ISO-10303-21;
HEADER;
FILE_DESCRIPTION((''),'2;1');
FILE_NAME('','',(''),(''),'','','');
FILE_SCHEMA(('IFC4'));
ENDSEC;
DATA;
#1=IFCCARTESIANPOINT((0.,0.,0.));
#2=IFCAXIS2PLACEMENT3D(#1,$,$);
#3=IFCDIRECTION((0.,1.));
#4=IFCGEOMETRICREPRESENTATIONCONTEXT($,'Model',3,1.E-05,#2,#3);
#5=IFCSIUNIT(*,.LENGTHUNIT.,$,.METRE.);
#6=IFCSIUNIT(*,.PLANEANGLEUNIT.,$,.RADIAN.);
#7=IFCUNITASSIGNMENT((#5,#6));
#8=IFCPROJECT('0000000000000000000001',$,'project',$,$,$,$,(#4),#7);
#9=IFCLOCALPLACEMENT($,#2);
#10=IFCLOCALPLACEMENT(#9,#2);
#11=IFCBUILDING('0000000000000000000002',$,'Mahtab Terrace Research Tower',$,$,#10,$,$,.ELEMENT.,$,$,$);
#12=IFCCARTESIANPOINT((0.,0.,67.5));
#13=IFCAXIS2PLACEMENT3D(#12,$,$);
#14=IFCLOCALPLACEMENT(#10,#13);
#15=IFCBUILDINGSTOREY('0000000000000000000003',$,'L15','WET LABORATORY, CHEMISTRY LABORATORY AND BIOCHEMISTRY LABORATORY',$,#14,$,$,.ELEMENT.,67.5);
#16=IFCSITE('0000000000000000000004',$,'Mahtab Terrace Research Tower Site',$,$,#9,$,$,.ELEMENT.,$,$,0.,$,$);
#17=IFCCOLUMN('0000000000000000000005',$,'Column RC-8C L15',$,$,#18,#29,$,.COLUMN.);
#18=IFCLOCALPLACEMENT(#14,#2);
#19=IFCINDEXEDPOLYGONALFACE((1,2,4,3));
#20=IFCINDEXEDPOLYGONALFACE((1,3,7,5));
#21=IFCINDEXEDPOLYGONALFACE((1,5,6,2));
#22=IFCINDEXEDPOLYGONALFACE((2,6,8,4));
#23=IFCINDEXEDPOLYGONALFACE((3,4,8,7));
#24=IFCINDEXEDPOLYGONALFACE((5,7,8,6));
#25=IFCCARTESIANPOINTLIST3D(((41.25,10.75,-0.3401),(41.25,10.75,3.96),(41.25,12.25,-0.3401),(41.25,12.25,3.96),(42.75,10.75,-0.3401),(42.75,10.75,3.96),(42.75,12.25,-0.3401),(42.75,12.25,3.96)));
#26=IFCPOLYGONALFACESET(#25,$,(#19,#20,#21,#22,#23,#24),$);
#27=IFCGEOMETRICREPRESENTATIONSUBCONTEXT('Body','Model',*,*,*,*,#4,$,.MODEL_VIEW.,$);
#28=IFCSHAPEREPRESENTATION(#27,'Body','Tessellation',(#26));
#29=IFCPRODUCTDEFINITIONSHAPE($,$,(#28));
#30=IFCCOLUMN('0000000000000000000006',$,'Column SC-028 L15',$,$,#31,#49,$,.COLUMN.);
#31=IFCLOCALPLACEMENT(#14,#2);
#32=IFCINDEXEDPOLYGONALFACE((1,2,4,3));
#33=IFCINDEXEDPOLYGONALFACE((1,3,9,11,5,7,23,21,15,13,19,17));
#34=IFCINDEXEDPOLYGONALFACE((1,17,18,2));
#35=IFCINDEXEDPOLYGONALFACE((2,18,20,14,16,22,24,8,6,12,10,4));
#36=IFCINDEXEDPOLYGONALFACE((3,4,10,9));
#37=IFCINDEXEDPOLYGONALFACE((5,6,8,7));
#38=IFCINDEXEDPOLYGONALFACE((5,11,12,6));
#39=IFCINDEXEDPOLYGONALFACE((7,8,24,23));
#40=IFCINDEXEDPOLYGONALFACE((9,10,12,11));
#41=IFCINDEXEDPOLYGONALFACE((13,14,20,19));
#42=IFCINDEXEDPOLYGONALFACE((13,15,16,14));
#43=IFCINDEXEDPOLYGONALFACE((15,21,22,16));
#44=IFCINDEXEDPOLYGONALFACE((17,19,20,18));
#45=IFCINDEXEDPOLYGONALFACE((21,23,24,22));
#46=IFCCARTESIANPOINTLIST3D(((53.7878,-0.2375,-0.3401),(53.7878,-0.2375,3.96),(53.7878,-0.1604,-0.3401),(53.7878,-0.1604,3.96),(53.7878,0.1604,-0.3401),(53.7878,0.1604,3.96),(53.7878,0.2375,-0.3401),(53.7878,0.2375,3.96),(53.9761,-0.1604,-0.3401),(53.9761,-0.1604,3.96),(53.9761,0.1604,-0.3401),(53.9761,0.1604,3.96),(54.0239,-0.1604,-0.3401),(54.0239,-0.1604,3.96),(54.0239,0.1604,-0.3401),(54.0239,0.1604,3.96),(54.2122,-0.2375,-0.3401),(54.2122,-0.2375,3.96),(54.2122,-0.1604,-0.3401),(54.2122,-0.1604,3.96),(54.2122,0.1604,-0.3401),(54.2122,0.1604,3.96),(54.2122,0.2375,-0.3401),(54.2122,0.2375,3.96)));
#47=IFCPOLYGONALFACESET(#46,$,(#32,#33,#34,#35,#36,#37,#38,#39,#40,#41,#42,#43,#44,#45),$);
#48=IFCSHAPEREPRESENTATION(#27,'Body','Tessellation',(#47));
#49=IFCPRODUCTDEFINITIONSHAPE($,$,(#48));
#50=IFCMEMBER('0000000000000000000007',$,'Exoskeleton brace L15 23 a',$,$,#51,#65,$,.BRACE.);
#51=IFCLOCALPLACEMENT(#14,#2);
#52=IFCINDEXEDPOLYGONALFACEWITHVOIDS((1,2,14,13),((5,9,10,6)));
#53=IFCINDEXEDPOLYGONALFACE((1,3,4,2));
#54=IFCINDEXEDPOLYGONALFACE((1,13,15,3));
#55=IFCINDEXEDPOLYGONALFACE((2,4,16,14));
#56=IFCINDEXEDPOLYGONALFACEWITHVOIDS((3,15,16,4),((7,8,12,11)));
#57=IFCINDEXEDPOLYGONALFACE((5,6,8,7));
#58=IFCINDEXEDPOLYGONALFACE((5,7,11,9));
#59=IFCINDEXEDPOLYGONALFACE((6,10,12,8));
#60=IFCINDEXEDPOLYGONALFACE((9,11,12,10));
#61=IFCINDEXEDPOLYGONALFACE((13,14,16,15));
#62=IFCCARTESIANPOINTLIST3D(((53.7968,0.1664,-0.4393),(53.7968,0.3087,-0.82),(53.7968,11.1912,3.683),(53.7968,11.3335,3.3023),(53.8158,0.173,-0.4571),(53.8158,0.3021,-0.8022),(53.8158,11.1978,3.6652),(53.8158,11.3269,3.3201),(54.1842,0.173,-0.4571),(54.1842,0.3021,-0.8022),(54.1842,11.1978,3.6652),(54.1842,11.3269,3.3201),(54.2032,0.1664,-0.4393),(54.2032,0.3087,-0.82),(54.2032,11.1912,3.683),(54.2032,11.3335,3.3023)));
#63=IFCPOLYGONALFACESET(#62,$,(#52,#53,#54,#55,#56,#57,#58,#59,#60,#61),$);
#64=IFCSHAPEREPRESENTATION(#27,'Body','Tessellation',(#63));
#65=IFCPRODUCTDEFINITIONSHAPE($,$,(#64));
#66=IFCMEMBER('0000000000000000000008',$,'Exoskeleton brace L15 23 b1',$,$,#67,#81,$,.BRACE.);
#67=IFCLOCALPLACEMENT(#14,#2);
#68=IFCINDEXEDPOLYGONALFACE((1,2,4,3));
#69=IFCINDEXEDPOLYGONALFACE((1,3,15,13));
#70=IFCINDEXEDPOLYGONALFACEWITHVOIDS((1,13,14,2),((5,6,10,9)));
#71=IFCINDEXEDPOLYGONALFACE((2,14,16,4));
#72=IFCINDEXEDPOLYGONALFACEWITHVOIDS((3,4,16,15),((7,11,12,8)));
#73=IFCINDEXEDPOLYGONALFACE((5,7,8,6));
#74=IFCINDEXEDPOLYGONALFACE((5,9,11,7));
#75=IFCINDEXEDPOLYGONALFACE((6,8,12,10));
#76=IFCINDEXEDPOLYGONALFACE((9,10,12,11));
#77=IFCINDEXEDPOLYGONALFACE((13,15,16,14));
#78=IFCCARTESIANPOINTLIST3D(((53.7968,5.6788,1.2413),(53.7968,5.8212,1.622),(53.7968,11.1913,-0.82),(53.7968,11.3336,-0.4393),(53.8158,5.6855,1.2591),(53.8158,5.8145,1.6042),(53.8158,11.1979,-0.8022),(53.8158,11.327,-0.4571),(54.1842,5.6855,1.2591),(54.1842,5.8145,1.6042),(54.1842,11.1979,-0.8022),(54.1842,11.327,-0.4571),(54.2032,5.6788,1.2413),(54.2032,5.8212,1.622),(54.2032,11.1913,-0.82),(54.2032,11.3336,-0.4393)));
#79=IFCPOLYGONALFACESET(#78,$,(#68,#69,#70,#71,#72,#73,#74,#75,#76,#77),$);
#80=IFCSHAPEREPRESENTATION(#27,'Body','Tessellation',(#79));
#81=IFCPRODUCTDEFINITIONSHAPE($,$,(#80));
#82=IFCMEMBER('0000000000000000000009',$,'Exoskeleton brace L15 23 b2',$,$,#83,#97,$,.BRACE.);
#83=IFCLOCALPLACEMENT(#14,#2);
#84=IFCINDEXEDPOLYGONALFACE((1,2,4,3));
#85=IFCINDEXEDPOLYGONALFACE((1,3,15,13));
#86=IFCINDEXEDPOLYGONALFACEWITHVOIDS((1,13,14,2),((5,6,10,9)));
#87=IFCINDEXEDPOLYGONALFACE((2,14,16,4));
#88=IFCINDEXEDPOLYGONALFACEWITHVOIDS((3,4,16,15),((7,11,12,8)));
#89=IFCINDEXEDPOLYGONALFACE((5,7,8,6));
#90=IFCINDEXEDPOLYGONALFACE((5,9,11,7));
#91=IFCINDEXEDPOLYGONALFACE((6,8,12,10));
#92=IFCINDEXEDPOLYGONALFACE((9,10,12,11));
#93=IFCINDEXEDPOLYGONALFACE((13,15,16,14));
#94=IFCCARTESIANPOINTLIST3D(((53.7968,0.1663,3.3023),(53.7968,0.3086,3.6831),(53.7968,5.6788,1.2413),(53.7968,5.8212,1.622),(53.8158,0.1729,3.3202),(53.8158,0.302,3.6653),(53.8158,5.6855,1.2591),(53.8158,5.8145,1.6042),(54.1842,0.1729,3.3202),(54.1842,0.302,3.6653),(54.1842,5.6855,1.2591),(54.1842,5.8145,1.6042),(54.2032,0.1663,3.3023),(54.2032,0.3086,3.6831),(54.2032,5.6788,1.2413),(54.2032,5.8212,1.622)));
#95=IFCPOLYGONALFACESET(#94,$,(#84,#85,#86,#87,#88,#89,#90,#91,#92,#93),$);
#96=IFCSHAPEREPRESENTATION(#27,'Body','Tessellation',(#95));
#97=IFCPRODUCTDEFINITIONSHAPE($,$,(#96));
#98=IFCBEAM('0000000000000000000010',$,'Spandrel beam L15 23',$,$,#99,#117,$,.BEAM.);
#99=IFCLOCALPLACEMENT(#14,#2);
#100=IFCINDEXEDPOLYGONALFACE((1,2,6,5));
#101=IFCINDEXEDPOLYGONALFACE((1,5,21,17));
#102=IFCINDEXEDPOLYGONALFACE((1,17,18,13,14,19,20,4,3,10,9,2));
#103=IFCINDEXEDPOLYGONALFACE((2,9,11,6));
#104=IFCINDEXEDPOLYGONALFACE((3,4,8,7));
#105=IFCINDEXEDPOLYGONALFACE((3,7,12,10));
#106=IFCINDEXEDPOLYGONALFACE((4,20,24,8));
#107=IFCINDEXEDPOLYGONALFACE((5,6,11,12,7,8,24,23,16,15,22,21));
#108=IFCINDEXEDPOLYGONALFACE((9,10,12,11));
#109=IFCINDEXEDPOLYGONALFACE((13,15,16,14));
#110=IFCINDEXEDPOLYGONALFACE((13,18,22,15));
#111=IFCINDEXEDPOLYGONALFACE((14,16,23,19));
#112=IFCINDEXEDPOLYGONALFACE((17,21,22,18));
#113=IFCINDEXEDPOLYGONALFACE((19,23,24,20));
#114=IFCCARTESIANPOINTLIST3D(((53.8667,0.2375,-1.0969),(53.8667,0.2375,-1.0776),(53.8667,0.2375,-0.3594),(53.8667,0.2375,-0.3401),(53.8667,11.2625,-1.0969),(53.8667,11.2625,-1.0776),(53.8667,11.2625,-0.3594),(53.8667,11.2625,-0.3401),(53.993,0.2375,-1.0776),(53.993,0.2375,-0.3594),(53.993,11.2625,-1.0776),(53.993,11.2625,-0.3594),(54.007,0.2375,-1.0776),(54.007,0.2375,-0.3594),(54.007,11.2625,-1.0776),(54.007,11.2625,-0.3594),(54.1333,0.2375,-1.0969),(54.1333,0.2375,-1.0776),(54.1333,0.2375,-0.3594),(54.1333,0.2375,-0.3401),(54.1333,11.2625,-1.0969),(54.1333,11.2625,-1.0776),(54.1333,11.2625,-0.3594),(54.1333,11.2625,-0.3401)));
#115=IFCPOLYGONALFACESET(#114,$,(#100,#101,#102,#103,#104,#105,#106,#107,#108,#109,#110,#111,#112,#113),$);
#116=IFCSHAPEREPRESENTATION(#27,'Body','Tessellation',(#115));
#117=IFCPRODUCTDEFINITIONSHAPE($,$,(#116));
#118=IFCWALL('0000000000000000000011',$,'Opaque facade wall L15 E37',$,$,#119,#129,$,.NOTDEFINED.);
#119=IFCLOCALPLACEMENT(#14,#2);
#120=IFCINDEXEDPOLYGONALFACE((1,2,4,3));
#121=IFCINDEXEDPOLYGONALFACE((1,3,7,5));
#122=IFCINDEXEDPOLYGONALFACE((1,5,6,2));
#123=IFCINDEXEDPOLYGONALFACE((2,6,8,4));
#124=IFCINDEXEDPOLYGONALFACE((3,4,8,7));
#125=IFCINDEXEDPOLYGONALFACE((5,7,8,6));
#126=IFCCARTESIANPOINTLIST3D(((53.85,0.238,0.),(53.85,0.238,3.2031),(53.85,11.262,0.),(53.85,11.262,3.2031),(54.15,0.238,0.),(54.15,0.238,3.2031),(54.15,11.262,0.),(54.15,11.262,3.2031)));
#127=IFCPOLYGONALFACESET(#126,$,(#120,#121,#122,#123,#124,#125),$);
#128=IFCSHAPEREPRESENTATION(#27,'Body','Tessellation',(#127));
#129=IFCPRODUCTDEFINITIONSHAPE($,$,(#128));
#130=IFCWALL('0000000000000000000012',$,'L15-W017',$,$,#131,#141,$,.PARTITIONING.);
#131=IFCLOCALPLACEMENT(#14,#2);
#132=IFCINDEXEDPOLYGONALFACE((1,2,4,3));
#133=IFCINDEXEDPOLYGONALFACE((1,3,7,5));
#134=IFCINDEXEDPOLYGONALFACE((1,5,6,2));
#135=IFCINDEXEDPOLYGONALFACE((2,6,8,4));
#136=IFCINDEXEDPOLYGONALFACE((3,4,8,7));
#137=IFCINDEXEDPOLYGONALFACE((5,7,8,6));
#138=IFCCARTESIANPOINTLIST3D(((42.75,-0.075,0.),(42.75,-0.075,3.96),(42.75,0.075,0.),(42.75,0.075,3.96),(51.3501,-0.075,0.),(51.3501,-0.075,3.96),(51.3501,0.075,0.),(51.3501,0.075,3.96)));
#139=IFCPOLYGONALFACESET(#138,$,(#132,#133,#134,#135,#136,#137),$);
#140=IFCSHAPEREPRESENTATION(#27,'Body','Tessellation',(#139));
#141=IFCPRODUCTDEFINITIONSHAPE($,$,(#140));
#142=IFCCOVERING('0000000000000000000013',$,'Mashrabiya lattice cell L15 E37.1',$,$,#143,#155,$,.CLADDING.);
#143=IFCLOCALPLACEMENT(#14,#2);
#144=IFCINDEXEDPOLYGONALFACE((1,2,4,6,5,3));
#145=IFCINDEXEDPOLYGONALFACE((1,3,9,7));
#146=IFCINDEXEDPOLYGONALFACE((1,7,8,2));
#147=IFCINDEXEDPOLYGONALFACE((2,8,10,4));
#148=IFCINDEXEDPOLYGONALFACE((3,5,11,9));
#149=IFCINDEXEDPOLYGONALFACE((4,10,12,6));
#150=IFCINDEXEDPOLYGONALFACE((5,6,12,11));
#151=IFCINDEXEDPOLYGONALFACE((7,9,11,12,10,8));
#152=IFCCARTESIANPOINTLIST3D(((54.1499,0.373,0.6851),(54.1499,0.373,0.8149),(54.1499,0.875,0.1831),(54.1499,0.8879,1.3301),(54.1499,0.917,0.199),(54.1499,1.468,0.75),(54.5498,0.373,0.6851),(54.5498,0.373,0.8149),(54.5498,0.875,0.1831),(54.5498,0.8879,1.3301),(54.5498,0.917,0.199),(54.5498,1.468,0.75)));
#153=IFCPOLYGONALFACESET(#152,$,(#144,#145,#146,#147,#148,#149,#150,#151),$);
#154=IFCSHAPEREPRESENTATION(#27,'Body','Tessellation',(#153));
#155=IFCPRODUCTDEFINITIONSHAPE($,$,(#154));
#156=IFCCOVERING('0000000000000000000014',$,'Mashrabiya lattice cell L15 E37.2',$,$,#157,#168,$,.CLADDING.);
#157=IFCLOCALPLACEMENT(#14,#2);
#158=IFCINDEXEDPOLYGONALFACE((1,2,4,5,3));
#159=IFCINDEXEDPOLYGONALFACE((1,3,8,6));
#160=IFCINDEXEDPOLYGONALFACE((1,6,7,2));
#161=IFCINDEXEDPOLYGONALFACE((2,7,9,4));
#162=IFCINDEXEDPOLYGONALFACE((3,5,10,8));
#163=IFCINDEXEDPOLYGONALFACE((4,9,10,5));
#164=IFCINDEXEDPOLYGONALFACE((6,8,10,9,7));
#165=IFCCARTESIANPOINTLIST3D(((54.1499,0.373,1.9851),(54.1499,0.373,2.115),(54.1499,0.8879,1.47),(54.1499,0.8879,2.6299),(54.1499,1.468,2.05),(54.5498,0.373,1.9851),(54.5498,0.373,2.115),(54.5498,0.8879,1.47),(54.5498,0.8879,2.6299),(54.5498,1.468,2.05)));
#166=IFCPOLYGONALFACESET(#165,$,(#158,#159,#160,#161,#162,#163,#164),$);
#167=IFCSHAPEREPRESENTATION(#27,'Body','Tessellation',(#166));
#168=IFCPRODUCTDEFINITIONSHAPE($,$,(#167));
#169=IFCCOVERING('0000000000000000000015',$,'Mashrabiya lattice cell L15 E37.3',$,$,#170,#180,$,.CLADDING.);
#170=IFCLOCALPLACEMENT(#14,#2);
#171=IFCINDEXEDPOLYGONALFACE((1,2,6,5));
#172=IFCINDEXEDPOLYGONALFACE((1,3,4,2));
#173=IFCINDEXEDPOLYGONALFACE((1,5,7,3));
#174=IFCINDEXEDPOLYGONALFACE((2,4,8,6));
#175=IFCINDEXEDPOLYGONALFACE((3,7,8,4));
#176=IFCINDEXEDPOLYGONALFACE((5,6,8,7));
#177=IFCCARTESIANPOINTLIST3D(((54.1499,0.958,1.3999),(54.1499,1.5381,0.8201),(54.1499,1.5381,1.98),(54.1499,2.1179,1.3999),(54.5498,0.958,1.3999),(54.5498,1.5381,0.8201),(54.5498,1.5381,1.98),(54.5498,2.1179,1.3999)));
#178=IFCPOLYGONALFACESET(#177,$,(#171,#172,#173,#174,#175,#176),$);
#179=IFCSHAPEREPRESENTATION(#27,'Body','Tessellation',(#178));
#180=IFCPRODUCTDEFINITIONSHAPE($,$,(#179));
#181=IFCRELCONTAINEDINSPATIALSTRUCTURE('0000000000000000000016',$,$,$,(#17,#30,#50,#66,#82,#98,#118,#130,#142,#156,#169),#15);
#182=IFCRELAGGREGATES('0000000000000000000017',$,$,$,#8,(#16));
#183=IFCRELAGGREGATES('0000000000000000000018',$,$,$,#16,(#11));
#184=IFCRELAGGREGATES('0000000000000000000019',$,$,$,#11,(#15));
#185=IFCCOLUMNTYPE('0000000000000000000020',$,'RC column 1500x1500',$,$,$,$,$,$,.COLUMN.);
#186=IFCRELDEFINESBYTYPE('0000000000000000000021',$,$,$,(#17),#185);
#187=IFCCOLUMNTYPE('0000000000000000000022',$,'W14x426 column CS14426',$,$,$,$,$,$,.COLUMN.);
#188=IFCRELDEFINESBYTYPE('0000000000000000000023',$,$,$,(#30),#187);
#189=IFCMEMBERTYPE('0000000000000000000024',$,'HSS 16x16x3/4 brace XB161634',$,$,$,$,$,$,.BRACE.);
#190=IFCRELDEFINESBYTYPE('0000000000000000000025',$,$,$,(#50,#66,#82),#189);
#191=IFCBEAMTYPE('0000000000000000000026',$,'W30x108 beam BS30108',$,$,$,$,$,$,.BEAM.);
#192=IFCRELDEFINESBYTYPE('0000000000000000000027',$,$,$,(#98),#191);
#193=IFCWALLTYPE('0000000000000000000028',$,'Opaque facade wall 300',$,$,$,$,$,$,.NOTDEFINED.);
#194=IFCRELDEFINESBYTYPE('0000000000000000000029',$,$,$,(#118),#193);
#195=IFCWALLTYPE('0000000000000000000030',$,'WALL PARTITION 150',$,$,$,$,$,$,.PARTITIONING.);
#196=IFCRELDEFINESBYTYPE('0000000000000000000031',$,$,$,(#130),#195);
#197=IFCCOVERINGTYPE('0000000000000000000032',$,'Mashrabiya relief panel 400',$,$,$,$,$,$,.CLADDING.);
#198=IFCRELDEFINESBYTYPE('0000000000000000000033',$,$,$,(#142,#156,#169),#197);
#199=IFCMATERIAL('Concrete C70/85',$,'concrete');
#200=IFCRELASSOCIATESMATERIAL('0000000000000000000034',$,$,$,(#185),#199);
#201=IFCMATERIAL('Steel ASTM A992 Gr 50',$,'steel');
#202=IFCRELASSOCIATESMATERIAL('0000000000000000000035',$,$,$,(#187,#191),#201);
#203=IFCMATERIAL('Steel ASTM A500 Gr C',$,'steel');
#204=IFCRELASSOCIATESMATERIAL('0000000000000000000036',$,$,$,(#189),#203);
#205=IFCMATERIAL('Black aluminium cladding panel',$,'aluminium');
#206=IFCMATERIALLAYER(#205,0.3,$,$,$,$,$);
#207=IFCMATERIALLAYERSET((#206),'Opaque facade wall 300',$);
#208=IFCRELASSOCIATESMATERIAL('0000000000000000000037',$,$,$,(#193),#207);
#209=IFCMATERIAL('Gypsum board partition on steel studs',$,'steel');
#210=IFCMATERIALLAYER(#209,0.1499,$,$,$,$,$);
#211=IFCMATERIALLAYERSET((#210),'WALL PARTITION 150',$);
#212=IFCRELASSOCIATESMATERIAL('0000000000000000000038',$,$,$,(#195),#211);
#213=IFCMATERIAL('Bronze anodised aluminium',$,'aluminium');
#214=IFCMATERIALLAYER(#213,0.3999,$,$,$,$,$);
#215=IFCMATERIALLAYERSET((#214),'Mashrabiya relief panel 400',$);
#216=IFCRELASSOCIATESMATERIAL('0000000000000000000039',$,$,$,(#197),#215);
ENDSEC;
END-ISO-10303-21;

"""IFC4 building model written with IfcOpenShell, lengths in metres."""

from ifc_helpers import new_model, si_unit, direction, frame, frame_2d, origin, origin_2d, place, context, subcontext, project, spatial, polyline, rectangle, hollow_rectangle, i_section, outline, extrude, material, layer, layer_set, material_profile, profile_set, type_object, element, save


model = new_model("IFC4")

# Units and contexts
model_context = context("Model", 3, precision=1e-05, world=origin(), true_north=direction((0.0, 1.0)))
body_context = subcontext(model_context, "Body", "Model", "MODEL_VIEW")
ifc_project = project(units=[si_unit("LENGTHUNIT", "METRE"), si_unit("PLANEANGLEUNIT", "RADIAN")], contexts=[model_context])

# Site, building, storey
site_placement = place(None, origin())
site = spatial("IfcSite", under=ifc_project, at=site_placement, Name="Mahtab Terrace Research Tower Site", CompositionType="ELEMENT", RefElevation=0.0)
building_placement = place(site_placement, origin())
building = spatial("IfcBuilding", under=site, at=building_placement, Name="Mahtab Terrace Research Tower", CompositionType="ELEMENT")
storey_placement = place(building_placement, frame((0.0, 0.0, 67.5)))
storey = spatial("IfcBuildingStorey", under=building, at=storey_placement, Name="L15", Description="WET LABORATORY, CHEMISTRY LABORATORY AND BIOCHEMISTRY LABORATORY", CompositionType="ELEMENT", Elevation=67.5)

# Columns
ifc_material_1 = material(Name="Concrete C70/85", Category="concrete")
ifc_material_profile_1 = material_profile(ifc_material_1, rectangle(XDim=1.5, YDim=1.5, at=origin_2d()), Name="RC column 1500x1500")
ifc_profile_set_1 = profile_set([ifc_material_profile_1], Name="Concrete C70/85")
column_type_1 = type_object("IfcColumnType", Name="RC column 1500x1500", PredefinedType="COLUMN", material=ifc_profile_set_1)
column_1_placement = place(storey_placement, frame((42.0, 11.5, -0.3401), z_axis=(0.0, 0.0, 1.0), x_axis=(1.0, 0.0, 0.0)))
element("IfcColumn", 1, at=column_1_placement, inside=storey, type_object=column_type_1, Name="Column RC-8C L15", PredefinedType="COLUMN", context=body_context, shape_type="SweptSolid", body=[
    extrude(rectangle(XDim=1.5, YDim=1.5, at=origin_2d()), origin(), (0.0, 0.0, 1.0), 4.3),
])
ifc_material_2 = material(Name="Steel ASTM A992 Gr 50", Category="steel")
ifc_material_profile_2 = material_profile(ifc_material_2, i_section(OverallWidth=0.4243, OverallDepth=0.4751, WebThickness=0.0479, FlangeThickness=0.0771, at=origin_2d()), Name="W14X426")
ifc_profile_set_2 = profile_set([ifc_material_profile_2], Name="Steel ASTM A992 Gr 50")
column_type_2 = type_object("IfcColumnType", Name="W14x426 column CS14426", PredefinedType="COLUMN", material=ifc_profile_set_2)
column_2_placement = place(storey_placement, frame((54.0, 0.0, -0.3401), z_axis=(0.0, 0.0, 1.0), x_axis=(1.0, 0.0, 0.0)))
element("IfcColumn", 2, at=column_2_placement, inside=storey, type_object=column_type_2, Name="Column SC-028 L15", PredefinedType="COLUMN", context=body_context, shape_type="SweptSolid", body=[
    extrude(i_section(OverallWidth=0.4243, OverallDepth=0.4751, WebThickness=0.0479, FlangeThickness=0.0771, at=origin_2d()), origin(), (0.0, 0.0, 1.0), 4.3),
])

# Members
ifc_material_3 = material(Name="Steel ASTM A500 Gr C", Category="steel")
ifc_material_profile_3 = material_profile(ifc_material_3, hollow_rectangle(XDim=0.4065, YDim=0.4065, WallThickness=0.019, at=origin_2d()), Name="HSS16X16X3/4")
ifc_profile_set_3 = profile_set([ifc_material_profile_3], Name="Steel ASTM A500 Gr C")
member_type = type_object("IfcMemberType", Name="HSS 16x16x3/4 brace XB161634", PredefinedType="BRACE", material=ifc_profile_set_3)
member_placement = place(storey_placement, frame((54.0, 0.2375, -0.6296), z_axis=(0.0, 0.936665, 0.350228), x_axis=(-1.0, 0.0, 0.0)))
element("IfcMember", 3, at=member_placement, inside=storey, type_object=member_type, Name="Exoskeleton brace L15 23 a", PredefinedType="BRACE", context=body_context, shape_type="SweptSolid", body=[
    extrude(hollow_rectangle(XDim=0.4065, YDim=0.4065, WallThickness=0.019, at=origin_2d()), origin(), (0.0, 0.0, 1.0), 11.7703),
])
for number, where, z_axis, x_axis, name in (
    (4, (54.0, 11.2625, -0.6296), (0.0, -0.936658, 0.350246), (1.0, 0.0, 0.0), "Exoskeleton brace L15 23 b1"),
    (5, (54.0, 5.75, 1.4316), (0.0, -0.936671, 0.350209), (1.0, 0.0, 0.0), "Exoskeleton brace L15 23 b2"),
):
    element("IfcMember", number, at=place(storey_placement, frame(where, z_axis=z_axis, x_axis=x_axis)), inside=storey, type_object=member_type, Name=name, PredefinedType="BRACE", context=body_context, shape_type="SweptSolid", body=[
        extrude(hollow_rectangle(XDim=0.4065, YDim=0.4065, WallThickness=0.019, at=origin_2d()), origin(), (0.0, 0.0, 1.0), 5.8853),
    ])

# Beam
ifc_material_profile_4 = material_profile(ifc_material_2, i_section(OverallWidth=0.2666, OverallDepth=0.7568, WebThickness=0.0139, FlangeThickness=0.0193, at=origin_2d()), Name="W30X108")
ifc_profile_set_4 = profile_set([ifc_material_profile_4], Name="Steel ASTM A992 Gr 50")
beam_type = type_object("IfcBeamType", Name="W30x108 beam BS30108", PredefinedType="BEAM", material=ifc_profile_set_4)
beam_placement = place(storey_placement, frame((54.0, 0.2375, -0.7185), z_axis=(0.0, 1.0, 0.0), x_axis=(-1.0, 0.0, 0.0)))
element("IfcBeam", 6, at=beam_placement, inside=storey, type_object=beam_type, Name="Spandrel beam L15 23", PredefinedType="BEAM", context=body_context, shape_type="SweptSolid", body=[
    extrude(i_section(OverallWidth=0.2666, OverallDepth=0.7568, WebThickness=0.0139, FlangeThickness=0.0193, at=origin_2d()), origin(), (0.0, 0.0, 1.0), 11.0249),
])

# Walls
ifc_material_4 = material(Name="Black aluminium cladding panel", Category="aluminium")
ifc_layer_1 = layer(ifc_material_4, 0.3)
ifc_layer_set_1 = layer_set([ifc_layer_1], Name="Opaque facade wall 300")
wall_type_1 = type_object("IfcWallType", Name="Opaque facade wall 300", PredefinedType="NOTDEFINED", material=ifc_layer_set_1)
wall_1_placement = place(storey_placement, frame((54.0, 0.238, 0.0), z_axis=(0.0, 0.0, 1.0), x_axis=(0.0, 1.0, 0.0)))
element("IfcWall", 7, at=wall_1_placement, inside=storey, type_object=wall_type_1, Name="Opaque facade wall L15 E37", PredefinedType="NOTDEFINED", context=body_context, shape_type="SweptSolid", body=[
    extrude(rectangle(XDim=11.0239, YDim=0.3, at=frame_2d((5.512, 0.0))), origin(), (0.0, 0.0, 1.0), 3.2031),
])
ifc_material_5 = material(Name="Gypsum board partition on steel studs", Category="steel")
ifc_layer_2 = layer(ifc_material_5, 0.1499)
ifc_layer_set_2 = layer_set([ifc_layer_2], Name="WALL PARTITION 150")
wall_type_2 = type_object("IfcWallType", Name="WALL PARTITION 150", PredefinedType="PARTITIONING", material=ifc_layer_set_2)
wall_2_placement = place(storey_placement, frame((42.75, 0.0, 0.0), z_axis=(0.0, 0.0, 1.0), x_axis=(1.0, 0.0, 0.0)))
element("IfcWall", 8, at=wall_2_placement, inside=storey, type_object=wall_type_2, Name="L15-W017", PredefinedType="PARTITIONING", context=body_context, shape_type="SweptSolid", body=[
    extrude(rectangle(XDim=8.6001, YDim=0.1499, at=frame_2d((4.3, 0.0))), origin(), (0.0, 0.0, 1.0), 3.96),
])

# Coverings
ifc_material_6 = material(Name="Bronze anodised aluminium", Category="aluminium")
ifc_layer_3 = layer(ifc_material_6, 0.3999)
ifc_layer_set_3 = layer_set([ifc_layer_3], Name="Mashrabiya relief panel 400")
covering_type = type_object("IfcCoveringType", Name="Mashrabiya relief panel 400", PredefinedType="CLADDING", material=ifc_layer_set_3)
covering_1_placement = place(storey_placement, frame((54.1499, 0.373, 0.6851), z_axis=(-1.0, 0.0, 0.0), x_axis=(0.0, 0.0, 1.0)))
element("IfcCovering", 9, at=covering_1_placement, inside=storey, type_object=covering_type, Name="Mashrabiya lattice cell L15 E37.1", PredefinedType="CLADDING", context=body_context, shape_type="SweptSolid", body=[
    extrude(outline(polyline([(0.0, 0.0), (0.1299, 0.0), (0.645, 0.5149), (0.0649, 1.095), (-0.4861, 0.5439), (-0.502, 0.502), (0.0, 0.0)])), origin(), (0.0, 0.0, -1.0), 0.3999),
])
covering_2_placement = place(storey_placement, frame((54.1499, 0.8879, 2.6299), z_axis=(-1.0, 0.0, 0.0), x_axis=(0.0, 0.707256, -0.706958)))
element("IfcCovering", 10, at=covering_2_placement, inside=storey, type_object=covering_type, Name="Mashrabiya lattice cell L15 E37.2", PredefinedType="CLADDING", context=body_context, shape_type="SweptSolid", body=[
    extrude(outline(polyline([(0.0, 0.0), (0.8202, 0.0), (0.82, 0.8204), (0.0917, 0.82), (-0.0002, 0.7282), (0.0, 0.0)])), origin(), (0.0, 0.0, -1.0), 0.3999),
])
covering_3_placement = place(storey_placement, frame((54.1499, 1.5381, 1.98), z_axis=(-1.0, 0.0, 0.0), x_axis=(0.0, 0.706958, -0.707256)))
element("IfcCovering", 11, at=covering_3_placement, inside=storey, type_object=covering_type, Name="Mashrabiya lattice cell L15 E37.3", PredefinedType="CLADDING", context=body_context, shape_type="SweptSolid", body=[
    extrude(outline(polyline([(0.0, 0.0), (0.8202, 0.0), (0.8204, 0.82), (0.0002, 0.8204), (0.0, 0.0)])), origin(), (0.0, 0.0, -1.0), 0.3999),
])

save(model, "model.ifc")
